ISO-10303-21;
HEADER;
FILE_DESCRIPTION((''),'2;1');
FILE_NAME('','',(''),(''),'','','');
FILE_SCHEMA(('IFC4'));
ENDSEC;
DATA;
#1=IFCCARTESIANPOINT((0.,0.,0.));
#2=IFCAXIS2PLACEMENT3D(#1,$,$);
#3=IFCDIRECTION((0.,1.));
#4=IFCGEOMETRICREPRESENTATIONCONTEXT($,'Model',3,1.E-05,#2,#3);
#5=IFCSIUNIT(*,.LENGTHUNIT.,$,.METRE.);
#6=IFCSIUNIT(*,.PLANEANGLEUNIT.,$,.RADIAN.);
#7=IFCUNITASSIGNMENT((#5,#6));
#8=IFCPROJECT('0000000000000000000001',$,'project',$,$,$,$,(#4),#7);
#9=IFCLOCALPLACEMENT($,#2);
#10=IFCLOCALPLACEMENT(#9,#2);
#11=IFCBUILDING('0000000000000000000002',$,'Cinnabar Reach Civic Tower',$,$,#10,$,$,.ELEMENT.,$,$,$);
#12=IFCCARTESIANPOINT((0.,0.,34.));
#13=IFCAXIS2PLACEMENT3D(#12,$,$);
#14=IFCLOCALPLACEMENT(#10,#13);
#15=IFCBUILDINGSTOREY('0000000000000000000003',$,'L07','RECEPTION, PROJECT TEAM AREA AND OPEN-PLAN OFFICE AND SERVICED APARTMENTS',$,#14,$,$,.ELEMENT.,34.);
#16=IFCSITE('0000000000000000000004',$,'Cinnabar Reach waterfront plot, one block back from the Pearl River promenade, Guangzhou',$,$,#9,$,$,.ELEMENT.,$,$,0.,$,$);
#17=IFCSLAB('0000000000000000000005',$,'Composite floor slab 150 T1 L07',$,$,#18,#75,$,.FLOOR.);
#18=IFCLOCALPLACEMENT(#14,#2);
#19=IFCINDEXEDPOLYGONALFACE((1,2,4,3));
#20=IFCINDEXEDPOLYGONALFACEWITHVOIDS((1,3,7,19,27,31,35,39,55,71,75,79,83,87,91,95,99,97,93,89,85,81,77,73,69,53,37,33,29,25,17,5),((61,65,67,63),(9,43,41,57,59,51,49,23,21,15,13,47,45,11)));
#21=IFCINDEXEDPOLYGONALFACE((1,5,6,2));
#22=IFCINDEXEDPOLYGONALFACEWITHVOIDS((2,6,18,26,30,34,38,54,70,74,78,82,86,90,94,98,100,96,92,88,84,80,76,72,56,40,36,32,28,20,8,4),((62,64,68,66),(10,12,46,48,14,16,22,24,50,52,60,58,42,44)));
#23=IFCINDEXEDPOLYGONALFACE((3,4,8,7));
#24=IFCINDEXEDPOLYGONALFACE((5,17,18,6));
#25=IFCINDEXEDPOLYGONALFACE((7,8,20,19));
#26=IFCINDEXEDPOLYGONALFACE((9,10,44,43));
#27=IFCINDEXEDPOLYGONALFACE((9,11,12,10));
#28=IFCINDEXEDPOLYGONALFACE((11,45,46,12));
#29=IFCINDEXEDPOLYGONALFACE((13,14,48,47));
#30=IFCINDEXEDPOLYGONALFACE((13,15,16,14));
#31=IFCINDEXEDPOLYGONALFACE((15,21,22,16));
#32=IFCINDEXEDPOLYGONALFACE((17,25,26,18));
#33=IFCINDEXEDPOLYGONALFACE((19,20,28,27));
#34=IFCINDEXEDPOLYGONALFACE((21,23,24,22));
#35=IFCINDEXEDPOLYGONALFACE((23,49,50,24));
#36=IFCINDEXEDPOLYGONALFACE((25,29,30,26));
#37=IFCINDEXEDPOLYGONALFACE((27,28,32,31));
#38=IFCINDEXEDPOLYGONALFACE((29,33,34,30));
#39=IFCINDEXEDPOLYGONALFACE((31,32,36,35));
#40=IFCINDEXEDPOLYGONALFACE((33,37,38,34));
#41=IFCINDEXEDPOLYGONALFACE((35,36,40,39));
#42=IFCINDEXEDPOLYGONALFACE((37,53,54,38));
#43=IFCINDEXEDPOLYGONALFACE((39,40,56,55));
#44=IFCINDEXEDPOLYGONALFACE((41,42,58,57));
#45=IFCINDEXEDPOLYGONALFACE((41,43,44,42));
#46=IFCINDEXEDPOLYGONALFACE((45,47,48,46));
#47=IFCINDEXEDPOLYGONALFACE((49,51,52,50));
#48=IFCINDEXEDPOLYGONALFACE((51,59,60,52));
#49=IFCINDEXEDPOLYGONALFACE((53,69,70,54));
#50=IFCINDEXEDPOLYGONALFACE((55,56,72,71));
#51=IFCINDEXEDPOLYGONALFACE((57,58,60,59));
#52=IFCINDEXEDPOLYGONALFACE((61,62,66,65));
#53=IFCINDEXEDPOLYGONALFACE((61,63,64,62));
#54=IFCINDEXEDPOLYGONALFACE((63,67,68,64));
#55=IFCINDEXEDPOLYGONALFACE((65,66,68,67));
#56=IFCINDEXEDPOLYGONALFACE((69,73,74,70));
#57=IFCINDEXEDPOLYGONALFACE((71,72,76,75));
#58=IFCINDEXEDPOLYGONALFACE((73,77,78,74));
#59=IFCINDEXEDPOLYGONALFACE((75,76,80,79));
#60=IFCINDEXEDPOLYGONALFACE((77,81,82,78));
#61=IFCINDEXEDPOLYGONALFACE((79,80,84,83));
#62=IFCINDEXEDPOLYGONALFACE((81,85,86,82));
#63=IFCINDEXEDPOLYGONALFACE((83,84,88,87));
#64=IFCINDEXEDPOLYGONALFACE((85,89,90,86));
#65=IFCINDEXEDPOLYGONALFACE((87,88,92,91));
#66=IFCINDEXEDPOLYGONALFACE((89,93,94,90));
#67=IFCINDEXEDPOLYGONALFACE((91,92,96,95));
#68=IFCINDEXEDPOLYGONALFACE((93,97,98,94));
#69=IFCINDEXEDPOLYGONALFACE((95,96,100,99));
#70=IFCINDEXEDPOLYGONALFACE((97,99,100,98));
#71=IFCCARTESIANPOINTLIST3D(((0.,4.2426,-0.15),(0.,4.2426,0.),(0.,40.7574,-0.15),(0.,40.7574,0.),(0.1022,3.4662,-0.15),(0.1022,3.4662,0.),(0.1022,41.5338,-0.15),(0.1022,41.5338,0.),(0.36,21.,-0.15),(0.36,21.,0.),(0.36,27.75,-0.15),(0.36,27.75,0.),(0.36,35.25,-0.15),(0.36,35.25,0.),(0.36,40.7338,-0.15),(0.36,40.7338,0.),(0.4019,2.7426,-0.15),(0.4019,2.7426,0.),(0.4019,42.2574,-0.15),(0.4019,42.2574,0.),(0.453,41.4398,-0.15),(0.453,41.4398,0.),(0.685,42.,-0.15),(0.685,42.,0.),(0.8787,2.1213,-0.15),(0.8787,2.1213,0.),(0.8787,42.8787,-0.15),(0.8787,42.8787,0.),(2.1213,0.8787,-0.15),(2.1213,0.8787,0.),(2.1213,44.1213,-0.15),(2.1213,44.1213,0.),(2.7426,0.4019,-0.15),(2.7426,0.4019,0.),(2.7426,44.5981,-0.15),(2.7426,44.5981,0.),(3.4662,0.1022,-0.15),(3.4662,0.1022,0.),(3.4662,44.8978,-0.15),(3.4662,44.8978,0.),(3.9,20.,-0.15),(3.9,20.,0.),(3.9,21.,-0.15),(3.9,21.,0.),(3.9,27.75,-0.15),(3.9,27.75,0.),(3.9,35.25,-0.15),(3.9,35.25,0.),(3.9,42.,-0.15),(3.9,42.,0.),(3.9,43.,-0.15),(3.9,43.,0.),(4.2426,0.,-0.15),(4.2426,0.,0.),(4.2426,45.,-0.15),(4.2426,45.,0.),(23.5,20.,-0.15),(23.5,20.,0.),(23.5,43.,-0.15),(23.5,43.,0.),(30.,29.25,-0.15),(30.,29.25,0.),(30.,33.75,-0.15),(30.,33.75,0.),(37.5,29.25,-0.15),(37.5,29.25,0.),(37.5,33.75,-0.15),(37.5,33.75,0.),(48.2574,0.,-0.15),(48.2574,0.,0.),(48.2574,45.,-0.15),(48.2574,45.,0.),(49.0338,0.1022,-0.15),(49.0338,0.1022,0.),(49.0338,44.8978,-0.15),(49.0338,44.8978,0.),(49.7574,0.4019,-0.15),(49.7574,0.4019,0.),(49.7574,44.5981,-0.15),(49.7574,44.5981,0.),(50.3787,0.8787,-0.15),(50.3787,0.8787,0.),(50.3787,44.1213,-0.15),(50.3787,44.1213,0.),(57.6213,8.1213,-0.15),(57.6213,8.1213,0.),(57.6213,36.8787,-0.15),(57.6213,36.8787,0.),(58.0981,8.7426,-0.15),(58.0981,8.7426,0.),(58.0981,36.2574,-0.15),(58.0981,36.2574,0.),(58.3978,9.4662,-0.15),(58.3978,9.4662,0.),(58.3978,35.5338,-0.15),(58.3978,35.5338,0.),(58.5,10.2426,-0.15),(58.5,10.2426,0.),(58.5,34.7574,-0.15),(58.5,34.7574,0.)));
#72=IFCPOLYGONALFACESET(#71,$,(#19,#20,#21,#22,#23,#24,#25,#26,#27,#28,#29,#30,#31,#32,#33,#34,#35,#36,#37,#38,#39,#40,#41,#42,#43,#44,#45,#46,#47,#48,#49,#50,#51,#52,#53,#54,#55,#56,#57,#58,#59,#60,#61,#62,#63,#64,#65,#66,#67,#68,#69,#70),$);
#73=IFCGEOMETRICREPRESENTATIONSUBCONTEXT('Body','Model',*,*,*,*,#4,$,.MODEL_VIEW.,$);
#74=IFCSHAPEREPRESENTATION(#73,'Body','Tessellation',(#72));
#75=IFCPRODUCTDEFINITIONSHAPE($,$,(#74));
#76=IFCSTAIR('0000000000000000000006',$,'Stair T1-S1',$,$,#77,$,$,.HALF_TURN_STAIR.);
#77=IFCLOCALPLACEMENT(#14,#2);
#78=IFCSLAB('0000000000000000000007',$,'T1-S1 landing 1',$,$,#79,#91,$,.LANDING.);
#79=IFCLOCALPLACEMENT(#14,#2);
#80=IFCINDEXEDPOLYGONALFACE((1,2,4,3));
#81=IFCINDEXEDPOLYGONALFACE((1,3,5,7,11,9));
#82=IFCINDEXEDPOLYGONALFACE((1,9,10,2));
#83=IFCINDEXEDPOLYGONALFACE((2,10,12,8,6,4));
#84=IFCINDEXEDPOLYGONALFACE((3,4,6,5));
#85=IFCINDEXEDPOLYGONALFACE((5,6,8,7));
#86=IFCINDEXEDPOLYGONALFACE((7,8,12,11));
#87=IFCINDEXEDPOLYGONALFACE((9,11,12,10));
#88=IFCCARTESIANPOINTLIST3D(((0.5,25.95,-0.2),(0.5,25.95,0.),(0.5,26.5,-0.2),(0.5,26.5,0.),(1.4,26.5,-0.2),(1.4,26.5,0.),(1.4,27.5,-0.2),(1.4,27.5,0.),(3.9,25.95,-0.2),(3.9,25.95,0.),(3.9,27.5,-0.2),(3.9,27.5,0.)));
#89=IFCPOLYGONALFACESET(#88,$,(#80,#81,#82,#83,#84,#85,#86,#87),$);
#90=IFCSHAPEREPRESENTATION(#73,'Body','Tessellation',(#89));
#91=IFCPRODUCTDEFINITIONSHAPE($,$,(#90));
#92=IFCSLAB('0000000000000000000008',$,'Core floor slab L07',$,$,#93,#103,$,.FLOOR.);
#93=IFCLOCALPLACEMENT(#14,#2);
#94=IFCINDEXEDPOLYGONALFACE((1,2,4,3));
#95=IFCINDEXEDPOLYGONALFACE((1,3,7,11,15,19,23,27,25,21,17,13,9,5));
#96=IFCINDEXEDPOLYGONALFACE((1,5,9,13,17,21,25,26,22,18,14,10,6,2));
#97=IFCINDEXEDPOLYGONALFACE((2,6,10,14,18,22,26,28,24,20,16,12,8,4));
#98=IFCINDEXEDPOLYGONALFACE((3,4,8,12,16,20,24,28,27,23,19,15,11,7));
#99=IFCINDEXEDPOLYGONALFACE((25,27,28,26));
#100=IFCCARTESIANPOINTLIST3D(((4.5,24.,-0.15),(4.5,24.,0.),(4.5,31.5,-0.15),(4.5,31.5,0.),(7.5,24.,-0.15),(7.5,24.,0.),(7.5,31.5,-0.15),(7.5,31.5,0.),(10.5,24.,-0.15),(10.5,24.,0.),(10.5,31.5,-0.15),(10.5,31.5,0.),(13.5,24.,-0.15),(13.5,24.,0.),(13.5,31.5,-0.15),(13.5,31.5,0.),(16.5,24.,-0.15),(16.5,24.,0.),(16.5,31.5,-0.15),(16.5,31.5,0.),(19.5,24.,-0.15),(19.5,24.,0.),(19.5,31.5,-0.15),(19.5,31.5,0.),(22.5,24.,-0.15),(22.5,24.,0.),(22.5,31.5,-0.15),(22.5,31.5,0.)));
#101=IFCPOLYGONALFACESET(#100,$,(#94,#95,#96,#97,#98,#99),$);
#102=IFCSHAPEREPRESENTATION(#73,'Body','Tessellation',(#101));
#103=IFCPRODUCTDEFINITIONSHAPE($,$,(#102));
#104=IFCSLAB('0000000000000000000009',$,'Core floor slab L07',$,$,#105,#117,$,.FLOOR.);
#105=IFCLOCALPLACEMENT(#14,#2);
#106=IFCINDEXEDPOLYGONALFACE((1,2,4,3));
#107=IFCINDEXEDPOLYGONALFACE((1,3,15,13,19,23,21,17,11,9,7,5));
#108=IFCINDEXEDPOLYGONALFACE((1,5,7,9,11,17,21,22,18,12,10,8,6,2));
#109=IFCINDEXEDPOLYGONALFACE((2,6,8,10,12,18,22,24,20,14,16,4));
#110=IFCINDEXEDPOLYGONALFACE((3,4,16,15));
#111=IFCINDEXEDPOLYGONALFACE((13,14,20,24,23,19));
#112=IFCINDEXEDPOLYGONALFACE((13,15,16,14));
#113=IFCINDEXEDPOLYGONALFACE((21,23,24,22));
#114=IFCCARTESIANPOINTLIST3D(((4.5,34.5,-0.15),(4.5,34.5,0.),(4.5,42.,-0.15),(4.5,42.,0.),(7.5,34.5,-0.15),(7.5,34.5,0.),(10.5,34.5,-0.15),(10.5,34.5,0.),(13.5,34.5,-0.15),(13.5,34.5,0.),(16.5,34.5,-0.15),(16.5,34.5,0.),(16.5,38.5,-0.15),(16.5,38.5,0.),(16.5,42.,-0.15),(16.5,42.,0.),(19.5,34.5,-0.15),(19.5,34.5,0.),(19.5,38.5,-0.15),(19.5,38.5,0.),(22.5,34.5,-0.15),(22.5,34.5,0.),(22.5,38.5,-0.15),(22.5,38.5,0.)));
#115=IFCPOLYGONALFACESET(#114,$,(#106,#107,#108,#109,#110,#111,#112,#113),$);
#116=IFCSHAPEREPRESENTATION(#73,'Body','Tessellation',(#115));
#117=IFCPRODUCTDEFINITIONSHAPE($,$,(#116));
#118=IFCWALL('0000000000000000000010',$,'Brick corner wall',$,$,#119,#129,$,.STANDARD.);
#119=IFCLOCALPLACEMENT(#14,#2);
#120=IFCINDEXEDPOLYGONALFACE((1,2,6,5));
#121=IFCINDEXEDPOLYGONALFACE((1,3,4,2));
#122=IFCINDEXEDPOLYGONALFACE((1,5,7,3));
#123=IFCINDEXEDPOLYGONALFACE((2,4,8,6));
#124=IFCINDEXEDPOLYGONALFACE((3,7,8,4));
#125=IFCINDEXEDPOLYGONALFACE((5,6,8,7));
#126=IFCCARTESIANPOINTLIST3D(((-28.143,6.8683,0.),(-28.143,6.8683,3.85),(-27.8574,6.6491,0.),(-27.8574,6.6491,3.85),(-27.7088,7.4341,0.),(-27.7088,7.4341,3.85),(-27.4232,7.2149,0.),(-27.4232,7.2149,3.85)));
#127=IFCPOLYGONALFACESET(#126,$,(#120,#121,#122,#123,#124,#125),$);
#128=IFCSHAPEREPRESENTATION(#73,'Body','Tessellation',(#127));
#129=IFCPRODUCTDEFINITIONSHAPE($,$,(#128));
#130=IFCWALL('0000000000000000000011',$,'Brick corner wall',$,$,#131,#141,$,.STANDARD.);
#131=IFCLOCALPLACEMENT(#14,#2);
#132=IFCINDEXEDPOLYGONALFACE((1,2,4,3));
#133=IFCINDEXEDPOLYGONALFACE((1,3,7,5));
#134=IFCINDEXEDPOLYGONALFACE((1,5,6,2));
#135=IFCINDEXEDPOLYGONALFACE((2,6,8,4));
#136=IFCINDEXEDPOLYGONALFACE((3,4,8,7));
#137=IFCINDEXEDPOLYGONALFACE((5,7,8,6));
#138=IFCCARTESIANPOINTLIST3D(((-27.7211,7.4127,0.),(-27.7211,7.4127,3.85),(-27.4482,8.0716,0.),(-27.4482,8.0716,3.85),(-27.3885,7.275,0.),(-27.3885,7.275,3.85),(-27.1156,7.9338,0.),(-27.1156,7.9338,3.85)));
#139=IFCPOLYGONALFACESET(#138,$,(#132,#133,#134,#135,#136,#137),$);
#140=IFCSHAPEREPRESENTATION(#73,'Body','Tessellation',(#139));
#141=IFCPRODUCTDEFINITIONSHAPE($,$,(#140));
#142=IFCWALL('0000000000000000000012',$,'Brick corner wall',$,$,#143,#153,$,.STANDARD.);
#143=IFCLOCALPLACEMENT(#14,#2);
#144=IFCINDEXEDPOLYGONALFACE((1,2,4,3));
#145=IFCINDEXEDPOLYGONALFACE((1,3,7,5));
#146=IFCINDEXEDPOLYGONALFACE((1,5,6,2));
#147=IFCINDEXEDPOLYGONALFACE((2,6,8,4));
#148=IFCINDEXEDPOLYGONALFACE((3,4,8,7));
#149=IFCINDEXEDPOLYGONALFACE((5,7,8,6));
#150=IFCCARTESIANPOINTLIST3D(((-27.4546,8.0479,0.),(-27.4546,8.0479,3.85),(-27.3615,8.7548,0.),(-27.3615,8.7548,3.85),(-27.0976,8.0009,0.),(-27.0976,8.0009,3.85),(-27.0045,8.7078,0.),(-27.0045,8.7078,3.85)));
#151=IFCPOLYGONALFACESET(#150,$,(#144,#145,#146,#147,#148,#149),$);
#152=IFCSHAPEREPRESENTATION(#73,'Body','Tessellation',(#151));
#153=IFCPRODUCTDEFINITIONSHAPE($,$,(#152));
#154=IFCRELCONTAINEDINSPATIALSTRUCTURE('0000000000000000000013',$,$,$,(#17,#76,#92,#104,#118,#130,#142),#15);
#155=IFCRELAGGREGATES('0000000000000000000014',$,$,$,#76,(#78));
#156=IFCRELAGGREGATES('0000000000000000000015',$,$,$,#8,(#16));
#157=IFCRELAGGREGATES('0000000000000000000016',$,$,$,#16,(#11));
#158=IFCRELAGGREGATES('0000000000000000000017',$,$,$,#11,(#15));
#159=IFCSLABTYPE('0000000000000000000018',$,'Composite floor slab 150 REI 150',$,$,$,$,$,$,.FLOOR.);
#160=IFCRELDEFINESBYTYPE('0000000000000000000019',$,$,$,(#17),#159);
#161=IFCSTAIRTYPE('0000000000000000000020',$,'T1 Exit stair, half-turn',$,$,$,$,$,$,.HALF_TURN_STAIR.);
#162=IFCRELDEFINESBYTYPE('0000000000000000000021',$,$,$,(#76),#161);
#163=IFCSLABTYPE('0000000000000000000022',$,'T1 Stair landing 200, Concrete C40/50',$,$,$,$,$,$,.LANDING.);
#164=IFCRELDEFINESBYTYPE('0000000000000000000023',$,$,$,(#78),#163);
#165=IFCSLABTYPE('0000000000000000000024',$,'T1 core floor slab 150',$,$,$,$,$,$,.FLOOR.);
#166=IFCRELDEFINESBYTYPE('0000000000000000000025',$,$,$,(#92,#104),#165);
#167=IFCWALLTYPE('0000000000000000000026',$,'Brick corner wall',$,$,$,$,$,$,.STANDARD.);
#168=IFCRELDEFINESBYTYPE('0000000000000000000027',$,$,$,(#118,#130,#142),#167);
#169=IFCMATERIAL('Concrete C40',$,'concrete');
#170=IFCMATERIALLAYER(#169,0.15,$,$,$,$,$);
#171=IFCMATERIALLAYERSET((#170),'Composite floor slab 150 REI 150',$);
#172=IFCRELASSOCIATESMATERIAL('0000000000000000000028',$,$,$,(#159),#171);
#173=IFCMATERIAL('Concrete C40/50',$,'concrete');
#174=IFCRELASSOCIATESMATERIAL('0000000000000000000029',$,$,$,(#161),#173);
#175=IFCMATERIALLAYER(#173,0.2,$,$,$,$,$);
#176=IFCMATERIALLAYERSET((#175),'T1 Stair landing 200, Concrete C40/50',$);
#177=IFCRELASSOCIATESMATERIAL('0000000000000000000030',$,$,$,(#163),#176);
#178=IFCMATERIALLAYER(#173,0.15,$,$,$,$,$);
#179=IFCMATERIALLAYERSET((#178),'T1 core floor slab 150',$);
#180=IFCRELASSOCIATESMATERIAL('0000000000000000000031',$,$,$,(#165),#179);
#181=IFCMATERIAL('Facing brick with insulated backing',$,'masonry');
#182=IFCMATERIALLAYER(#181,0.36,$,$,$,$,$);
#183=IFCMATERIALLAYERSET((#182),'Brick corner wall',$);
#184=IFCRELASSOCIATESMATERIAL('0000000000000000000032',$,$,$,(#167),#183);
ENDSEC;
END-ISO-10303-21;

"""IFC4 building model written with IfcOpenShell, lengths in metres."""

from ifc_helpers import new_model, si_unit, direction, frame, frame_2d, origin, place, context, subcontext, project, spatial, polyline, rectangle, outline, extrude, material, layer, layer_set, type_object, element, aggregate, save


model = new_model("IFC4")

# Units and contexts
model_context = context("Model", 3, precision=1e-05, world=origin(), true_north=direction((0.0, 1.0)))
body_context = subcontext(model_context, "Body", "Model", "MODEL_VIEW")
ifc_project = project(units=[si_unit("LENGTHUNIT", "METRE"), si_unit("PLANEANGLEUNIT", "RADIAN")], contexts=[model_context])

# Site, building, storey
site_placement = place(None, origin())
site = spatial("IfcSite", under=ifc_project, at=site_placement, Name="Cinnabar Reach waterfront plot, one block back from the Pearl River promenade, Guangzhou", CompositionType="ELEMENT", RefElevation=0.0)
building_placement = place(site_placement, origin())
building = spatial("IfcBuilding", under=site, at=building_placement, Name="Cinnabar Reach Civic Tower", CompositionType="ELEMENT")
storey_placement = place(building_placement, frame((0.0, 0.0, 34.0)))
storey = spatial("IfcBuildingStorey", under=building, at=storey_placement, Name="L07", Description="RECEPTION, PROJECT TEAM AREA AND OPEN-PLAN OFFICE AND SERVICED APARTMENTS", CompositionType="ELEMENT", Elevation=34.0)

# Shared definitions
ifc_material_1 = material(Name="Concrete C40", Category="concrete")

# Slab
ifc_layer_1 = layer(ifc_material_1, 0.15)
ifc_layer_set_1 = layer_set([ifc_layer_1], Name="Composite floor slab 150 REI 150")
slab_type_1 = type_object("IfcSlabType", Name="Composite floor slab 150 REI 150", PredefinedType="FLOOR", material=ifc_layer_set_1)
slab_1_placement = place(storey_placement, frame((0.0, 0.0, -0.15)))
element("IfcSlab", 1, at=slab_1_placement, inside=storey, type_object=slab_type_1, Name="Composite floor slab 150 T1 L07", PredefinedType="FLOOR", context=body_context, shape_type="SweptSolid", body=[
    extrude(outline(polyline([(0.8787, 2.1213), (0.4019, 2.7426), (0.1022, 3.4662), (0.0, 4.2426), (0.0, 40.7574), (0.1022, 41.5338), (0.4019, 42.2574), (0.8787, 42.8787), (2.1213, 44.1213), (2.7426, 44.5981), (3.4662, 44.8978), (4.2426, 45.0), (48.2574, 45.0), (49.0338, 44.8978), (49.7574, 44.5981), (50.3787, 44.1213), (57.6213, 36.8787), (58.0981, 36.2574), (58.3978, 35.5338), (58.5, 34.7574), (58.5, 10.2426), (58.3978, 9.4662), (58.0981, 8.7426), (57.6213, 8.1213), (50.3787, 0.8787), (49.7574, 0.4019), (49.0338, 0.1022), (48.2574, 0.0), (4.2426, 0.0), (3.4662, 0.1022), (2.7426, 0.4019), (2.1213, 0.8787), (0.8787, 2.1213)]), holes=[polyline([(0.36, 21.0), (3.9, 21.0), (3.9, 20.0), (23.5, 20.0), (23.5, 43.0), (3.9, 43.0), (3.9, 42.0), (0.685, 42.0), (0.453, 41.4398), (0.36, 40.7338), (0.36, 35.25), (3.9, 35.25), (3.9, 27.75), (0.36, 27.75), (0.36, 21.0)]), polyline([(30.0, 33.75), (30.0, 29.25), (37.5, 29.25), (37.5, 33.75), (30.0, 33.75)])]), origin(), (0.0, 0.0, 1.0), 0.15),
])

# Stair, slab
ifc_material_2 = material(Name="Concrete C40/50", Category="concrete")
stair_type_1 = type_object("IfcStairType", Name="T1 Exit stair, half-turn", PredefinedType="HALF_TURN_STAIR", material=ifc_material_2)
stair_1_placement = place(storey_placement, origin())
stair_1 = element("IfcStair", 2, at=stair_1_placement, inside=storey, type_object=stair_type_1, Name="Stair T1-S1", PredefinedType="HALF_TURN_STAIR")
ifc_layer_2 = layer(ifc_material_2, 0.2)
ifc_layer_set_2 = layer_set([ifc_layer_2], Name="T1 Stair landing 200, Concrete C40/50")
slab_type_2 = type_object("IfcSlabType", Name="T1 Stair landing 200, Concrete C40/50", PredefinedType="LANDING", material=ifc_layer_set_2)
slab_2_placement = place(storey_placement, frame((0.0, 0.0, -0.2)))
slab_2 = element("IfcSlab", 3, at=slab_2_placement, type_object=slab_type_2, Name="T1-S1 landing 1", PredefinedType="LANDING", context=body_context, shape_type="SweptSolid", body=[
    extrude(outline(polyline([(3.9, 27.5), (3.9, 25.95), (0.5, 25.95), (0.5, 26.5), (1.4, 26.5), (1.4, 27.5), (3.9, 27.5)])), origin(), (0.0, 0.0, 1.0), 0.2),
])
aggregate(stair_1, [slab_2])

# Slabs
ifc_layer_3 = layer(ifc_material_2, 0.15)
ifc_layer_set_3 = layer_set([ifc_layer_3], Name="T1 core floor slab 150")
slab_type_3 = type_object("IfcSlabType", Name="T1 core floor slab 150", PredefinedType="FLOOR", material=ifc_layer_set_3)
slab_3_placement = place(storey_placement, frame((0.0, 0.0, -0.15)))
element("IfcSlab", 4, at=slab_3_placement, inside=storey, type_object=slab_type_3, Name="Core floor slab L07", PredefinedType="FLOOR", context=body_context, shape_type="SweptSolid", body=[
    extrude(outline(polyline([(22.5, 24.0), (19.5, 24.0), (16.5, 24.0), (13.5, 24.0), (10.5, 24.0), (7.5, 24.0), (4.5, 24.0), (4.5, 31.5), (7.5, 31.5), (10.5, 31.5), (13.5, 31.5), (16.5, 31.5), (19.5, 31.5), (22.5, 31.5), (22.5, 24.0)])), origin(), (0.0, 0.0, 1.0), 0.15),
])
slab_4_placement = place(storey_placement, frame((0.0, 0.0, -0.15)))
element("IfcSlab", 5, at=slab_4_placement, inside=storey, type_object=slab_type_3, Name="Core floor slab L07", PredefinedType="FLOOR", context=body_context, shape_type="SweptSolid", body=[
    extrude(outline(polyline([(22.5, 34.5), (19.5, 34.5), (16.5, 34.5), (13.5, 34.5), (10.5, 34.5), (7.5, 34.5), (4.5, 34.5), (4.5, 42.0), (16.5, 42.0), (16.5, 38.5), (19.5, 38.5), (22.5, 38.5), (22.5, 34.5)])), origin(), (0.0, 0.0, 1.0), 0.15),
])

# Walls
ifc_material_3 = material(Name="Facing brick with insulated backing", Category="masonry")
ifc_layer_4 = layer(ifc_material_3, 0.36)
ifc_layer_set_4 = layer_set([ifc_layer_4], Name="Brick corner wall")
wall_type_1 = type_object("IfcWallType", Name="Brick corner wall", PredefinedType="STANDARD", material=ifc_layer_set_4)
wall_1_placement = place(storey_placement, frame((-28.0002, 6.7587, 0.0), z_axis=(0.0, 0.0, 1.0), x_axis=(0.608802, 0.793322, 0.0)))
element("IfcWall", 6, at=wall_1_placement, inside=storey, type_object=wall_type_1, Name="Brick corner wall", PredefinedType="STANDARD", context=body_context, shape_type="SweptSolid", body=[
    extrude(rectangle(XDim=0.7132, YDim=0.36, at=frame_2d((0.3566, 0.0))), origin(), (0.0, 0.0, 1.0), 3.85),
])
for number, where, z_axis, x_axis, name in (
    (7, (-27.5548, 7.3439, 0.0), (0.0, 0.0, 1.0), (0.382703, 0.923872, 0.0), "Brick corner wall"),
    (8, (-27.2761, 8.0244, 0.0), (0.0, 0.0, 1.0), (0.130556, 0.991441, 0.0), "Brick corner wall"),
):
    element("IfcWall", number, at=place(storey_placement, frame(where, z_axis=z_axis, x_axis=x_axis)), inside=storey, type_object=wall_type_1, Name=name, PredefinedType="STANDARD", context=body_context, shape_type="SweptSolid", body=[
        extrude(rectangle(XDim=0.7131, YDim=0.36, at=frame_2d((0.3565, 0.0))), origin(), (0.0, 0.0, 1.0), 3.85),
    ])

save(model, "model.ifc")
